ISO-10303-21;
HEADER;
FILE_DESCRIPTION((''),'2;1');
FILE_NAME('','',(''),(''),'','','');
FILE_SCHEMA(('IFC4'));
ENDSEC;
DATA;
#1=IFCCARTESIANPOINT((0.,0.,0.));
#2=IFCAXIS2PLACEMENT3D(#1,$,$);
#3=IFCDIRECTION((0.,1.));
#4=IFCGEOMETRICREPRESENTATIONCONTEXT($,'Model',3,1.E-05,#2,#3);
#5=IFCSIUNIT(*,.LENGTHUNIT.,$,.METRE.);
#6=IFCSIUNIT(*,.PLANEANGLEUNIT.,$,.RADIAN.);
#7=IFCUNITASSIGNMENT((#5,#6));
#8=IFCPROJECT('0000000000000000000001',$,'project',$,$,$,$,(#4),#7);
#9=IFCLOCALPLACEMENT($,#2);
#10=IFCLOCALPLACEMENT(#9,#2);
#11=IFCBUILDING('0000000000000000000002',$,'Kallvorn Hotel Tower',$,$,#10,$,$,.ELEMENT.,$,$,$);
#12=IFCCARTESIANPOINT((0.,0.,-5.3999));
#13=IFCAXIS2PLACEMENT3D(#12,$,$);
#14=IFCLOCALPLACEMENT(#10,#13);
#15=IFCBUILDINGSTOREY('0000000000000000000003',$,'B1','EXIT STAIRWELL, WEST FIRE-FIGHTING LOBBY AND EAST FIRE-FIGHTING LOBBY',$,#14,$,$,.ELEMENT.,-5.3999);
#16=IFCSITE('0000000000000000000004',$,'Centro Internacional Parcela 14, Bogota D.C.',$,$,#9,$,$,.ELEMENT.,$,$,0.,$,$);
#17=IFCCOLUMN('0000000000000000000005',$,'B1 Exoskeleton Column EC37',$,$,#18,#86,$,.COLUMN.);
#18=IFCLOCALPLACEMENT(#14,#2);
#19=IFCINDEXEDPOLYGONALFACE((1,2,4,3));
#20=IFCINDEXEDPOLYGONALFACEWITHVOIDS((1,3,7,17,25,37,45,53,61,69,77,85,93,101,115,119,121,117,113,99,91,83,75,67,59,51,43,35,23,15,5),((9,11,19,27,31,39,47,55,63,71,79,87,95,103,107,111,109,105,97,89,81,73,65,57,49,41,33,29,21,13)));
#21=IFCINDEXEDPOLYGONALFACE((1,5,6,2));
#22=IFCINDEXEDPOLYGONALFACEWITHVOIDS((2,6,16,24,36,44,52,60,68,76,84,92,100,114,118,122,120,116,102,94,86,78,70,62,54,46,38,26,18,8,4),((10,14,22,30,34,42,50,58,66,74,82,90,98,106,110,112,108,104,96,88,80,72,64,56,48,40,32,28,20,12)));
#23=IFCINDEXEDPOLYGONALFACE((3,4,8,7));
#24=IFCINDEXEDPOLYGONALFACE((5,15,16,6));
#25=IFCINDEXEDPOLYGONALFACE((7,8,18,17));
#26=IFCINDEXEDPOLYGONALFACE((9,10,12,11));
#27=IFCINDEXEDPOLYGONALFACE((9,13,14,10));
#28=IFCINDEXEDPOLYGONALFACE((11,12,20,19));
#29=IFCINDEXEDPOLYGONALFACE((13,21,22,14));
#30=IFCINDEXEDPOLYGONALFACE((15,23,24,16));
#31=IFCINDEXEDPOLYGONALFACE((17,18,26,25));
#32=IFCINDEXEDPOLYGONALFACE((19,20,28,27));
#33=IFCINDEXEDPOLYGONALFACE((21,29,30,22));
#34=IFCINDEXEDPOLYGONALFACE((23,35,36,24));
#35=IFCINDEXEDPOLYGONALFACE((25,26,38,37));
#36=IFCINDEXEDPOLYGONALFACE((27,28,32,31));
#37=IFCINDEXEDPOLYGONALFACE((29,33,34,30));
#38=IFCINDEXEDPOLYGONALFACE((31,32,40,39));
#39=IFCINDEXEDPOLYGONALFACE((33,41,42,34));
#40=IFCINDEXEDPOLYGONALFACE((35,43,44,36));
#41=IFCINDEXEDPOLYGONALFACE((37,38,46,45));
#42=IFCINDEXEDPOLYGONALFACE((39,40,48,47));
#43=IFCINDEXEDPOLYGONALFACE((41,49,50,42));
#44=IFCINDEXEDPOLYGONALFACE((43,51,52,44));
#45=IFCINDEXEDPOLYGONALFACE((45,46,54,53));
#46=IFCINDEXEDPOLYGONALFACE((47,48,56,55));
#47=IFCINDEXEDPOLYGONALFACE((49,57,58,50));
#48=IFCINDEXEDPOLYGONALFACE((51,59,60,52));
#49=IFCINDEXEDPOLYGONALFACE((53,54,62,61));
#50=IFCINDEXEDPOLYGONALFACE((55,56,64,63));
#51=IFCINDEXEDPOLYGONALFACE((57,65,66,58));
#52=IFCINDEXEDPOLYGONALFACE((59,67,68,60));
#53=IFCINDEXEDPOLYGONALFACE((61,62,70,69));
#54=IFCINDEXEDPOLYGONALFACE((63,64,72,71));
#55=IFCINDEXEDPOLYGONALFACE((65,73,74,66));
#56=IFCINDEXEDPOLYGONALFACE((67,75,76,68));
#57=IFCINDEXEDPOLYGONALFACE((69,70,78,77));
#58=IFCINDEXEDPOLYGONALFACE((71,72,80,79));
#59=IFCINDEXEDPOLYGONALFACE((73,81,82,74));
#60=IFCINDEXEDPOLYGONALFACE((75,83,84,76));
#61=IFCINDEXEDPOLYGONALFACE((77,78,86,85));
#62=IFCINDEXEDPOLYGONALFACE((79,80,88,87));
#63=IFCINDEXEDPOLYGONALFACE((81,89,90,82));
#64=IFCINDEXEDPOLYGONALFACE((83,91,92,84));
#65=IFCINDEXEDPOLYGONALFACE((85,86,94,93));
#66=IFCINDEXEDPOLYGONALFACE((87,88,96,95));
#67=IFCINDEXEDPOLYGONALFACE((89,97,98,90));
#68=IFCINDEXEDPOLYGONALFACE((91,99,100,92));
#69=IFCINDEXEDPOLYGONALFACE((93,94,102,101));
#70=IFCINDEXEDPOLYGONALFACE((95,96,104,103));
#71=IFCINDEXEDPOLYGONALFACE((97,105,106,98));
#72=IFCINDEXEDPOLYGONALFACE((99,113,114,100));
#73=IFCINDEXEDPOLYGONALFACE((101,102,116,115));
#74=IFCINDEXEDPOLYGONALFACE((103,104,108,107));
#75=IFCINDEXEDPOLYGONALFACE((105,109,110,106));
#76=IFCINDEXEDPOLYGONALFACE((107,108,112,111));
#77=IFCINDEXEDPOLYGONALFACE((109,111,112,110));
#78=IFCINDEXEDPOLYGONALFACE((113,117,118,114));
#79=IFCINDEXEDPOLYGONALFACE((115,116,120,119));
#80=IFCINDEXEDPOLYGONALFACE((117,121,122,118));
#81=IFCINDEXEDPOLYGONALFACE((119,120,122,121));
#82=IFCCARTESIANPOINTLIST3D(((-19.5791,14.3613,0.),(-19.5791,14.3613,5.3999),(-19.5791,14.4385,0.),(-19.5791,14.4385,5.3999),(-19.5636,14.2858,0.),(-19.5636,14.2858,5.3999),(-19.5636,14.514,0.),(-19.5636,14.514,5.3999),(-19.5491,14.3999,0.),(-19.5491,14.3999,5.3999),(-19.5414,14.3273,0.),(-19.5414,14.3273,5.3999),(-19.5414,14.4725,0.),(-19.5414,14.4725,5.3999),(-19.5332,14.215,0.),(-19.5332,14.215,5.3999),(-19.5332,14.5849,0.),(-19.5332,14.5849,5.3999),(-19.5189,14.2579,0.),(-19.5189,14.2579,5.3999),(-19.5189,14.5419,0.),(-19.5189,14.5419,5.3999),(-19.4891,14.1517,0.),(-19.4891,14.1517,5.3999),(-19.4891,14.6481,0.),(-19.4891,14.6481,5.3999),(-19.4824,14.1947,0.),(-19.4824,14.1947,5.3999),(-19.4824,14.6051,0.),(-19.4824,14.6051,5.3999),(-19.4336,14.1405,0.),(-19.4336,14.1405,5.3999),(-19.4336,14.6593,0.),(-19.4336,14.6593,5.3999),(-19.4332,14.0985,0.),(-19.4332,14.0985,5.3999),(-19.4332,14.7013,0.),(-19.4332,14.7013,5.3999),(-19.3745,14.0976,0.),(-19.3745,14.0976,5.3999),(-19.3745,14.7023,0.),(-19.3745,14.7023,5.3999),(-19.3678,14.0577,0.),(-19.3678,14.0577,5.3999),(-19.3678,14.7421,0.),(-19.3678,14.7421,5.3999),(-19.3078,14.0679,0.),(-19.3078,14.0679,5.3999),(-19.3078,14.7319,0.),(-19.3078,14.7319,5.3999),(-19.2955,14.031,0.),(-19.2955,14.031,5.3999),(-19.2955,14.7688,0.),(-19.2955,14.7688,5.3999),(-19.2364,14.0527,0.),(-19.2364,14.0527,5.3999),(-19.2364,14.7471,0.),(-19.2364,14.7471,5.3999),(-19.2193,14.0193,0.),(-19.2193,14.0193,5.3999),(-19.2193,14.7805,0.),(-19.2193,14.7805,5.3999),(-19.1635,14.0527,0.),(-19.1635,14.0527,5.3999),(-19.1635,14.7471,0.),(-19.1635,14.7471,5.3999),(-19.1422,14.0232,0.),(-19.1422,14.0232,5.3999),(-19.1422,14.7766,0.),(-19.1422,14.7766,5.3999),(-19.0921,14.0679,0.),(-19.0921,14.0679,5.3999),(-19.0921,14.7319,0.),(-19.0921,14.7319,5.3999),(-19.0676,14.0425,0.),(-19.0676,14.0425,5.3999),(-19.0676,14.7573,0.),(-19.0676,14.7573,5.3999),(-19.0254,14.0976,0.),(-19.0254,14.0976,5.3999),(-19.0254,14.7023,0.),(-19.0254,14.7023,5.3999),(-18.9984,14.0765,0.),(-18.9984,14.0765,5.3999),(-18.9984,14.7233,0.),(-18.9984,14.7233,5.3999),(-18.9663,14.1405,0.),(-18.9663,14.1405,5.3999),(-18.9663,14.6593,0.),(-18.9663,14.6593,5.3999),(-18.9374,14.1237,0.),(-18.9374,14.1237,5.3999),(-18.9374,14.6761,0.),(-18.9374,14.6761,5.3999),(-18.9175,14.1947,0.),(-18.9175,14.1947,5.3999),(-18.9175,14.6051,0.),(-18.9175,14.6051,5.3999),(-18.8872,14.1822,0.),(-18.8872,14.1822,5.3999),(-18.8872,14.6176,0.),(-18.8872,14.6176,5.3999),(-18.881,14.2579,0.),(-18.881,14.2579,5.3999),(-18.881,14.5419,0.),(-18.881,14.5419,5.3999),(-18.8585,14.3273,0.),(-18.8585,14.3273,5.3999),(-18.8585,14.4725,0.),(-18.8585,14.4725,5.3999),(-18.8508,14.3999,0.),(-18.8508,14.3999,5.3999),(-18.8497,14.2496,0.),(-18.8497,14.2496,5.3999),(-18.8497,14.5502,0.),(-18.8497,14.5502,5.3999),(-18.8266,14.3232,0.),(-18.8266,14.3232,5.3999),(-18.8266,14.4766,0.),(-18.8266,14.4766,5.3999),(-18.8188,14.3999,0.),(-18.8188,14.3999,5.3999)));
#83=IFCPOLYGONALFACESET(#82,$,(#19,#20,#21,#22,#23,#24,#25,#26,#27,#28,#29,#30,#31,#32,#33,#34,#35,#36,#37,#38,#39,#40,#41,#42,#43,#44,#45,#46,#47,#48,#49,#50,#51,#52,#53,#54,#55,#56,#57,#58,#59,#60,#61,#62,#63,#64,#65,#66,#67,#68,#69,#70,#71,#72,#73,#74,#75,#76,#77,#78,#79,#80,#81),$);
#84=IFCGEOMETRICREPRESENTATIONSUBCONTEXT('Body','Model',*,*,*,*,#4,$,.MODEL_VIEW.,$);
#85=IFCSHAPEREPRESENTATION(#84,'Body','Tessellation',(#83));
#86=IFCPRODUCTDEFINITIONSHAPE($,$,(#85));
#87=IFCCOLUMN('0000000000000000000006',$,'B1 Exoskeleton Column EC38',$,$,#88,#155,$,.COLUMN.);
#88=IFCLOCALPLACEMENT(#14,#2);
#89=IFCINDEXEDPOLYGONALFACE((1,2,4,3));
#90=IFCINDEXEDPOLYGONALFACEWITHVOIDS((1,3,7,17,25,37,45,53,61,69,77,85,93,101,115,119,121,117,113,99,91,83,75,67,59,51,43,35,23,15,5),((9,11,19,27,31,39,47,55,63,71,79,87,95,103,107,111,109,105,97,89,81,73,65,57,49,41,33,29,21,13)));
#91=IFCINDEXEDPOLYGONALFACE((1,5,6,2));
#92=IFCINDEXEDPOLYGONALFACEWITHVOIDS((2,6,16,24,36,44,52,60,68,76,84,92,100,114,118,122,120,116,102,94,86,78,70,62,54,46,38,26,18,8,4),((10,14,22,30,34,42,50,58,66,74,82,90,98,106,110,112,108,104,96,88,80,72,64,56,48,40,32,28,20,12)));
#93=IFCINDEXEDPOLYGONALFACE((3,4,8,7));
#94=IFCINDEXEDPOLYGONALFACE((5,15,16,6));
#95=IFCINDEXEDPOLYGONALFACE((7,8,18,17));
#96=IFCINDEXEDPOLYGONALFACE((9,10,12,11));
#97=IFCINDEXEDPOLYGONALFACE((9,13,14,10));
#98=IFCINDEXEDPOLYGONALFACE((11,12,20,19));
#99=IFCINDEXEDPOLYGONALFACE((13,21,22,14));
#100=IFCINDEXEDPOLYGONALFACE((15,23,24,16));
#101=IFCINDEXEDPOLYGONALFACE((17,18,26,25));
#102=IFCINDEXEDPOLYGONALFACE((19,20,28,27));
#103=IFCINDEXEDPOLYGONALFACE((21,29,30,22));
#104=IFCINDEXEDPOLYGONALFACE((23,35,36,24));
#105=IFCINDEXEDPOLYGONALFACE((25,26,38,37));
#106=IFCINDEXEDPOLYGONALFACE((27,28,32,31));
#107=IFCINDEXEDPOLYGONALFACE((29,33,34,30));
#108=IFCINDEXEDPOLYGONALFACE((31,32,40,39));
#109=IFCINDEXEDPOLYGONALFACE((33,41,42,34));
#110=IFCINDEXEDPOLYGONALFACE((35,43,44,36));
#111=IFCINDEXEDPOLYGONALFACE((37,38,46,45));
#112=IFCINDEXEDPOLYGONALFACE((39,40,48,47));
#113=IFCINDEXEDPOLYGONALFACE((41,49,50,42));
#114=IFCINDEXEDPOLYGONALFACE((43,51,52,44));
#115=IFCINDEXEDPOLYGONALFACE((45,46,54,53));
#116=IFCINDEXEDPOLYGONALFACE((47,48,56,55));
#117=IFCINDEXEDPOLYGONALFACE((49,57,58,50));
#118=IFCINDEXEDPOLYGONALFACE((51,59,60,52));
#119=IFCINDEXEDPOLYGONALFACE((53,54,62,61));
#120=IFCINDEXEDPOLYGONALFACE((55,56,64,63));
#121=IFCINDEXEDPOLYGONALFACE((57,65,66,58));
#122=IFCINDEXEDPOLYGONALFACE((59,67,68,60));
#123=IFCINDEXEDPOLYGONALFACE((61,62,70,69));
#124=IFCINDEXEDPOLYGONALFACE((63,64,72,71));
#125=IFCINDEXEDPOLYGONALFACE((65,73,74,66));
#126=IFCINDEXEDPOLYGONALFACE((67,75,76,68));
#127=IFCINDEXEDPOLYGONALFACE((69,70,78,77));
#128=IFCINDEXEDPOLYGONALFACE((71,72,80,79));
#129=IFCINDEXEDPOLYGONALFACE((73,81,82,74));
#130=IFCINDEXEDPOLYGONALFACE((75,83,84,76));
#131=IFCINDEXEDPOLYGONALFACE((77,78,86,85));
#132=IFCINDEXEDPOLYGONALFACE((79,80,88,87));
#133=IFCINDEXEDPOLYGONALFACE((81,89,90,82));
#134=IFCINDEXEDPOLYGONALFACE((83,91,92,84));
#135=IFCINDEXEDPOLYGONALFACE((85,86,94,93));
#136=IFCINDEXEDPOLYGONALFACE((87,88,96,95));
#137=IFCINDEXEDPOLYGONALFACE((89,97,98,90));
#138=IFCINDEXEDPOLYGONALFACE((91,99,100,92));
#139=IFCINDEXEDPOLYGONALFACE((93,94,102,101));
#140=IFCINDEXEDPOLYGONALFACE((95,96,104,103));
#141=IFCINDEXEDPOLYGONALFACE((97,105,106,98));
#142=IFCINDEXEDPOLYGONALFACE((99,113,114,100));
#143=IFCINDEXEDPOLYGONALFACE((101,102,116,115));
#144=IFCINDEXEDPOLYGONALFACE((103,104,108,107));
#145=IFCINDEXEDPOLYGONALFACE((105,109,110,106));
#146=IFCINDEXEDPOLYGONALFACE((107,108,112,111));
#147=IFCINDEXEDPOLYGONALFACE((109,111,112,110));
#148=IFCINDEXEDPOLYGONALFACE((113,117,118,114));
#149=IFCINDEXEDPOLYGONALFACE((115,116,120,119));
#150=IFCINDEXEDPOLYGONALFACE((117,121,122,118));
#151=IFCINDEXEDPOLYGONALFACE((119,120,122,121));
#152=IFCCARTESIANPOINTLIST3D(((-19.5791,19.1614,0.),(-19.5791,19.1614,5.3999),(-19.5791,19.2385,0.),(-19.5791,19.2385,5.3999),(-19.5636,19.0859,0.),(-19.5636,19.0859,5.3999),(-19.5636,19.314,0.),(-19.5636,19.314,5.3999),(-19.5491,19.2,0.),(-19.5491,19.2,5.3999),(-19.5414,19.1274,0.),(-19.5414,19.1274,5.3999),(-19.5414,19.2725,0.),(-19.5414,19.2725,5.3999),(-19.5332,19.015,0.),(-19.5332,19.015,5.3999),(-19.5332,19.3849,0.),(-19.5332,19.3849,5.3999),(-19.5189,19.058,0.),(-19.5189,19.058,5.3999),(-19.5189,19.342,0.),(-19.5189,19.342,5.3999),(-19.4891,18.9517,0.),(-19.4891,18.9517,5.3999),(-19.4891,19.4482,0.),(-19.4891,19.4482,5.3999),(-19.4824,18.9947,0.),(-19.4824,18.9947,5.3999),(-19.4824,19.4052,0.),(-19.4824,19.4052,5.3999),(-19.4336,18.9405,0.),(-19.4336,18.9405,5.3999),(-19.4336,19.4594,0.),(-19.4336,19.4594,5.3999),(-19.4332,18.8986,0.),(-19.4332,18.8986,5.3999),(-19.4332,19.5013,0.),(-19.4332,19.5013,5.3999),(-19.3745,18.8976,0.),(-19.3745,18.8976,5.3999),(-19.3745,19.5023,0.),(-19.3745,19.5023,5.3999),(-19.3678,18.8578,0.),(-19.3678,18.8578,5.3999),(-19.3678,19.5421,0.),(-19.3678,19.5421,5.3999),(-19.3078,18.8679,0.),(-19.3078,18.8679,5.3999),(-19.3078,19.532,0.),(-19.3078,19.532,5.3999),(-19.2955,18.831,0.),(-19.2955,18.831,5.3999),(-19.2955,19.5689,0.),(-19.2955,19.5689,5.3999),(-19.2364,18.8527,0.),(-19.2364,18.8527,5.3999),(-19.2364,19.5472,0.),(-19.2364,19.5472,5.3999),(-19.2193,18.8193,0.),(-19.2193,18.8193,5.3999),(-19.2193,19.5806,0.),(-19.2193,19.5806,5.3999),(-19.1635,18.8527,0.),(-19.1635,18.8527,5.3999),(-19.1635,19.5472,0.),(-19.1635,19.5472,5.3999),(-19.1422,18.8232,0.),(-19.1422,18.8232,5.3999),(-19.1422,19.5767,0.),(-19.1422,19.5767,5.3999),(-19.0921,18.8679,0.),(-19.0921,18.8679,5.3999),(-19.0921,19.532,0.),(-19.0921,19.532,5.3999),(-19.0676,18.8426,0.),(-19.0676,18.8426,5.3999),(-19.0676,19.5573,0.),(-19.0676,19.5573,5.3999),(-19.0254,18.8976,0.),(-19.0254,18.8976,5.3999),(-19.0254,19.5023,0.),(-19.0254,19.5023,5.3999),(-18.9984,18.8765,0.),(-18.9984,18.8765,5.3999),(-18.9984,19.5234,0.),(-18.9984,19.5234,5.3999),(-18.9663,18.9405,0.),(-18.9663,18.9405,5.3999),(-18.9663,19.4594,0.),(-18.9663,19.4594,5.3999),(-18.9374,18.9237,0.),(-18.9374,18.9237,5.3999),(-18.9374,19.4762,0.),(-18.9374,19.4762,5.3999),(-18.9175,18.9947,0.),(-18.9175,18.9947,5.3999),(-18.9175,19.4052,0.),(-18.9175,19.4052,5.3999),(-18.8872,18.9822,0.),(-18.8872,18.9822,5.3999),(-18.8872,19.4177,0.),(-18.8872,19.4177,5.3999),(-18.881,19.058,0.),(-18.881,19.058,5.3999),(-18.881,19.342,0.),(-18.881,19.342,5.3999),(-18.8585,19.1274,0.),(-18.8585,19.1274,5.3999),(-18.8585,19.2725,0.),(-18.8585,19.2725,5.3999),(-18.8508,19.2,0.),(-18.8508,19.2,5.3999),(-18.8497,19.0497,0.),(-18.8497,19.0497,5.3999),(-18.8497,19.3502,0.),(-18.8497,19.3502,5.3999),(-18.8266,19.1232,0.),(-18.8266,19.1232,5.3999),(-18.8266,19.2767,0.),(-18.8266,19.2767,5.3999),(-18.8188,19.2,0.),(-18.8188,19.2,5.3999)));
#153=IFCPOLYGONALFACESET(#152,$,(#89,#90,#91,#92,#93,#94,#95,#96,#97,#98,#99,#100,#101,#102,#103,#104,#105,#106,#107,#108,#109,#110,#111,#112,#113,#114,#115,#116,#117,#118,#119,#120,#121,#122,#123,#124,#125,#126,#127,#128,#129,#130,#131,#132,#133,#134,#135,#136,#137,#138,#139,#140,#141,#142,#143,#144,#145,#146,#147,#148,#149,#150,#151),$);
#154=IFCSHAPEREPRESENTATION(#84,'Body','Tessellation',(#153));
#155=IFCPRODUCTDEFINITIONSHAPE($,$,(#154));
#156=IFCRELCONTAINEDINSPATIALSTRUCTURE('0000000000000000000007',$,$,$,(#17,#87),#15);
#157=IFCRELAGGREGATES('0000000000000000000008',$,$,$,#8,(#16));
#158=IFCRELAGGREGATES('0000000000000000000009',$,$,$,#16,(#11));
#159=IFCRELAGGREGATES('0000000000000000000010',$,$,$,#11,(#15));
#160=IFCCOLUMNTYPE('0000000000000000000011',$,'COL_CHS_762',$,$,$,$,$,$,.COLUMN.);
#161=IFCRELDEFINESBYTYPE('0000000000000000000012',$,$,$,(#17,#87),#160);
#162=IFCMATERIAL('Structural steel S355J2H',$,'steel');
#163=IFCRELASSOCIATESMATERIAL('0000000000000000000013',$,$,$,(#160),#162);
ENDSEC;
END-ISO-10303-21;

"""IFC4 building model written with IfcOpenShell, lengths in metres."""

from ifc_helpers import new_model, si_unit, direction, frame, origin, origin_2d, place, context, subcontext, project, spatial, hollow_circle, extrude, material, material_profile, profile_set, type_object, element, save


model = new_model("IFC4")

# Units and contexts
model_context = context("Model", 3, precision=1e-05, world=origin(), true_north=direction((0.0, 1.0)))
body_context = subcontext(model_context, "Body", "Model", "MODEL_VIEW")
ifc_project = project(units=[si_unit("LENGTHUNIT", "METRE"), si_unit("PLANEANGLEUNIT", "RADIAN")], contexts=[model_context])

# Site, building, storey
site_placement = place(None, origin())
site = spatial("IfcSite", under=ifc_project, at=site_placement, Name="Centro Internacional Parcela 14, Bogota D.C.", CompositionType="ELEMENT", RefElevation=0.0)
building_placement = place(site_placement, origin())
building = spatial("IfcBuilding", under=site, at=building_placement, Name="Kallvorn Hotel Tower", CompositionType="ELEMENT")
storey_placement = place(building_placement, frame((0.0, 0.0, -5.3999)))
storey = spatial("IfcBuildingStorey", under=building, at=storey_placement, Name="B1", Description="EXIT STAIRWELL, WEST FIRE-FIGHTING LOBBY AND EAST FIRE-FIGHTING LOBBY", CompositionType="ELEMENT", Elevation=-5.3999)

# Columns
ifc_material_1 = material(Name="Structural steel S355J2H", Category="steel")
ifc_material_profile_1 = material_profile(ifc_material_1, hollow_circle(Radius=0.3811, WallThickness=0.032, at=origin_2d()), Name="CHS 762x32")
ifc_profile_set_1 = profile_set([ifc_material_profile_1], Name="Structural steel S355J2H")
column_type_1 = type_object("IfcColumnType", Name="COL_CHS_762", PredefinedType="COLUMN", material=ifc_profile_set_1)
for number, where, z_axis, x_axis, name in (
    (1, (-19.2, 14.3999, 0.0), (0.0, 0.0, 1.0), (1.0, 0.0, 0.0), "B1 Exoskeleton Column EC37"),
    (2, (-19.2, 19.2, 0.0), (0.0, 0.0, 1.0), (1.0, 0.0, 0.0), "B1 Exoskeleton Column EC38"),
):
    element("IfcColumn", number, at=place(storey_placement, frame(where, z_axis=z_axis, x_axis=x_axis)), inside=storey, type_object=column_type_1, Name=name, PredefinedType="COLUMN", context=body_context, shape_type="SweptSolid", body=[
        extrude(hollow_circle(Radius=0.3811, WallThickness=0.032, at=origin_2d()), origin(), (0.0, 0.0, 1.0), 5.3999),
    ])

save(model, "model.ifc")
